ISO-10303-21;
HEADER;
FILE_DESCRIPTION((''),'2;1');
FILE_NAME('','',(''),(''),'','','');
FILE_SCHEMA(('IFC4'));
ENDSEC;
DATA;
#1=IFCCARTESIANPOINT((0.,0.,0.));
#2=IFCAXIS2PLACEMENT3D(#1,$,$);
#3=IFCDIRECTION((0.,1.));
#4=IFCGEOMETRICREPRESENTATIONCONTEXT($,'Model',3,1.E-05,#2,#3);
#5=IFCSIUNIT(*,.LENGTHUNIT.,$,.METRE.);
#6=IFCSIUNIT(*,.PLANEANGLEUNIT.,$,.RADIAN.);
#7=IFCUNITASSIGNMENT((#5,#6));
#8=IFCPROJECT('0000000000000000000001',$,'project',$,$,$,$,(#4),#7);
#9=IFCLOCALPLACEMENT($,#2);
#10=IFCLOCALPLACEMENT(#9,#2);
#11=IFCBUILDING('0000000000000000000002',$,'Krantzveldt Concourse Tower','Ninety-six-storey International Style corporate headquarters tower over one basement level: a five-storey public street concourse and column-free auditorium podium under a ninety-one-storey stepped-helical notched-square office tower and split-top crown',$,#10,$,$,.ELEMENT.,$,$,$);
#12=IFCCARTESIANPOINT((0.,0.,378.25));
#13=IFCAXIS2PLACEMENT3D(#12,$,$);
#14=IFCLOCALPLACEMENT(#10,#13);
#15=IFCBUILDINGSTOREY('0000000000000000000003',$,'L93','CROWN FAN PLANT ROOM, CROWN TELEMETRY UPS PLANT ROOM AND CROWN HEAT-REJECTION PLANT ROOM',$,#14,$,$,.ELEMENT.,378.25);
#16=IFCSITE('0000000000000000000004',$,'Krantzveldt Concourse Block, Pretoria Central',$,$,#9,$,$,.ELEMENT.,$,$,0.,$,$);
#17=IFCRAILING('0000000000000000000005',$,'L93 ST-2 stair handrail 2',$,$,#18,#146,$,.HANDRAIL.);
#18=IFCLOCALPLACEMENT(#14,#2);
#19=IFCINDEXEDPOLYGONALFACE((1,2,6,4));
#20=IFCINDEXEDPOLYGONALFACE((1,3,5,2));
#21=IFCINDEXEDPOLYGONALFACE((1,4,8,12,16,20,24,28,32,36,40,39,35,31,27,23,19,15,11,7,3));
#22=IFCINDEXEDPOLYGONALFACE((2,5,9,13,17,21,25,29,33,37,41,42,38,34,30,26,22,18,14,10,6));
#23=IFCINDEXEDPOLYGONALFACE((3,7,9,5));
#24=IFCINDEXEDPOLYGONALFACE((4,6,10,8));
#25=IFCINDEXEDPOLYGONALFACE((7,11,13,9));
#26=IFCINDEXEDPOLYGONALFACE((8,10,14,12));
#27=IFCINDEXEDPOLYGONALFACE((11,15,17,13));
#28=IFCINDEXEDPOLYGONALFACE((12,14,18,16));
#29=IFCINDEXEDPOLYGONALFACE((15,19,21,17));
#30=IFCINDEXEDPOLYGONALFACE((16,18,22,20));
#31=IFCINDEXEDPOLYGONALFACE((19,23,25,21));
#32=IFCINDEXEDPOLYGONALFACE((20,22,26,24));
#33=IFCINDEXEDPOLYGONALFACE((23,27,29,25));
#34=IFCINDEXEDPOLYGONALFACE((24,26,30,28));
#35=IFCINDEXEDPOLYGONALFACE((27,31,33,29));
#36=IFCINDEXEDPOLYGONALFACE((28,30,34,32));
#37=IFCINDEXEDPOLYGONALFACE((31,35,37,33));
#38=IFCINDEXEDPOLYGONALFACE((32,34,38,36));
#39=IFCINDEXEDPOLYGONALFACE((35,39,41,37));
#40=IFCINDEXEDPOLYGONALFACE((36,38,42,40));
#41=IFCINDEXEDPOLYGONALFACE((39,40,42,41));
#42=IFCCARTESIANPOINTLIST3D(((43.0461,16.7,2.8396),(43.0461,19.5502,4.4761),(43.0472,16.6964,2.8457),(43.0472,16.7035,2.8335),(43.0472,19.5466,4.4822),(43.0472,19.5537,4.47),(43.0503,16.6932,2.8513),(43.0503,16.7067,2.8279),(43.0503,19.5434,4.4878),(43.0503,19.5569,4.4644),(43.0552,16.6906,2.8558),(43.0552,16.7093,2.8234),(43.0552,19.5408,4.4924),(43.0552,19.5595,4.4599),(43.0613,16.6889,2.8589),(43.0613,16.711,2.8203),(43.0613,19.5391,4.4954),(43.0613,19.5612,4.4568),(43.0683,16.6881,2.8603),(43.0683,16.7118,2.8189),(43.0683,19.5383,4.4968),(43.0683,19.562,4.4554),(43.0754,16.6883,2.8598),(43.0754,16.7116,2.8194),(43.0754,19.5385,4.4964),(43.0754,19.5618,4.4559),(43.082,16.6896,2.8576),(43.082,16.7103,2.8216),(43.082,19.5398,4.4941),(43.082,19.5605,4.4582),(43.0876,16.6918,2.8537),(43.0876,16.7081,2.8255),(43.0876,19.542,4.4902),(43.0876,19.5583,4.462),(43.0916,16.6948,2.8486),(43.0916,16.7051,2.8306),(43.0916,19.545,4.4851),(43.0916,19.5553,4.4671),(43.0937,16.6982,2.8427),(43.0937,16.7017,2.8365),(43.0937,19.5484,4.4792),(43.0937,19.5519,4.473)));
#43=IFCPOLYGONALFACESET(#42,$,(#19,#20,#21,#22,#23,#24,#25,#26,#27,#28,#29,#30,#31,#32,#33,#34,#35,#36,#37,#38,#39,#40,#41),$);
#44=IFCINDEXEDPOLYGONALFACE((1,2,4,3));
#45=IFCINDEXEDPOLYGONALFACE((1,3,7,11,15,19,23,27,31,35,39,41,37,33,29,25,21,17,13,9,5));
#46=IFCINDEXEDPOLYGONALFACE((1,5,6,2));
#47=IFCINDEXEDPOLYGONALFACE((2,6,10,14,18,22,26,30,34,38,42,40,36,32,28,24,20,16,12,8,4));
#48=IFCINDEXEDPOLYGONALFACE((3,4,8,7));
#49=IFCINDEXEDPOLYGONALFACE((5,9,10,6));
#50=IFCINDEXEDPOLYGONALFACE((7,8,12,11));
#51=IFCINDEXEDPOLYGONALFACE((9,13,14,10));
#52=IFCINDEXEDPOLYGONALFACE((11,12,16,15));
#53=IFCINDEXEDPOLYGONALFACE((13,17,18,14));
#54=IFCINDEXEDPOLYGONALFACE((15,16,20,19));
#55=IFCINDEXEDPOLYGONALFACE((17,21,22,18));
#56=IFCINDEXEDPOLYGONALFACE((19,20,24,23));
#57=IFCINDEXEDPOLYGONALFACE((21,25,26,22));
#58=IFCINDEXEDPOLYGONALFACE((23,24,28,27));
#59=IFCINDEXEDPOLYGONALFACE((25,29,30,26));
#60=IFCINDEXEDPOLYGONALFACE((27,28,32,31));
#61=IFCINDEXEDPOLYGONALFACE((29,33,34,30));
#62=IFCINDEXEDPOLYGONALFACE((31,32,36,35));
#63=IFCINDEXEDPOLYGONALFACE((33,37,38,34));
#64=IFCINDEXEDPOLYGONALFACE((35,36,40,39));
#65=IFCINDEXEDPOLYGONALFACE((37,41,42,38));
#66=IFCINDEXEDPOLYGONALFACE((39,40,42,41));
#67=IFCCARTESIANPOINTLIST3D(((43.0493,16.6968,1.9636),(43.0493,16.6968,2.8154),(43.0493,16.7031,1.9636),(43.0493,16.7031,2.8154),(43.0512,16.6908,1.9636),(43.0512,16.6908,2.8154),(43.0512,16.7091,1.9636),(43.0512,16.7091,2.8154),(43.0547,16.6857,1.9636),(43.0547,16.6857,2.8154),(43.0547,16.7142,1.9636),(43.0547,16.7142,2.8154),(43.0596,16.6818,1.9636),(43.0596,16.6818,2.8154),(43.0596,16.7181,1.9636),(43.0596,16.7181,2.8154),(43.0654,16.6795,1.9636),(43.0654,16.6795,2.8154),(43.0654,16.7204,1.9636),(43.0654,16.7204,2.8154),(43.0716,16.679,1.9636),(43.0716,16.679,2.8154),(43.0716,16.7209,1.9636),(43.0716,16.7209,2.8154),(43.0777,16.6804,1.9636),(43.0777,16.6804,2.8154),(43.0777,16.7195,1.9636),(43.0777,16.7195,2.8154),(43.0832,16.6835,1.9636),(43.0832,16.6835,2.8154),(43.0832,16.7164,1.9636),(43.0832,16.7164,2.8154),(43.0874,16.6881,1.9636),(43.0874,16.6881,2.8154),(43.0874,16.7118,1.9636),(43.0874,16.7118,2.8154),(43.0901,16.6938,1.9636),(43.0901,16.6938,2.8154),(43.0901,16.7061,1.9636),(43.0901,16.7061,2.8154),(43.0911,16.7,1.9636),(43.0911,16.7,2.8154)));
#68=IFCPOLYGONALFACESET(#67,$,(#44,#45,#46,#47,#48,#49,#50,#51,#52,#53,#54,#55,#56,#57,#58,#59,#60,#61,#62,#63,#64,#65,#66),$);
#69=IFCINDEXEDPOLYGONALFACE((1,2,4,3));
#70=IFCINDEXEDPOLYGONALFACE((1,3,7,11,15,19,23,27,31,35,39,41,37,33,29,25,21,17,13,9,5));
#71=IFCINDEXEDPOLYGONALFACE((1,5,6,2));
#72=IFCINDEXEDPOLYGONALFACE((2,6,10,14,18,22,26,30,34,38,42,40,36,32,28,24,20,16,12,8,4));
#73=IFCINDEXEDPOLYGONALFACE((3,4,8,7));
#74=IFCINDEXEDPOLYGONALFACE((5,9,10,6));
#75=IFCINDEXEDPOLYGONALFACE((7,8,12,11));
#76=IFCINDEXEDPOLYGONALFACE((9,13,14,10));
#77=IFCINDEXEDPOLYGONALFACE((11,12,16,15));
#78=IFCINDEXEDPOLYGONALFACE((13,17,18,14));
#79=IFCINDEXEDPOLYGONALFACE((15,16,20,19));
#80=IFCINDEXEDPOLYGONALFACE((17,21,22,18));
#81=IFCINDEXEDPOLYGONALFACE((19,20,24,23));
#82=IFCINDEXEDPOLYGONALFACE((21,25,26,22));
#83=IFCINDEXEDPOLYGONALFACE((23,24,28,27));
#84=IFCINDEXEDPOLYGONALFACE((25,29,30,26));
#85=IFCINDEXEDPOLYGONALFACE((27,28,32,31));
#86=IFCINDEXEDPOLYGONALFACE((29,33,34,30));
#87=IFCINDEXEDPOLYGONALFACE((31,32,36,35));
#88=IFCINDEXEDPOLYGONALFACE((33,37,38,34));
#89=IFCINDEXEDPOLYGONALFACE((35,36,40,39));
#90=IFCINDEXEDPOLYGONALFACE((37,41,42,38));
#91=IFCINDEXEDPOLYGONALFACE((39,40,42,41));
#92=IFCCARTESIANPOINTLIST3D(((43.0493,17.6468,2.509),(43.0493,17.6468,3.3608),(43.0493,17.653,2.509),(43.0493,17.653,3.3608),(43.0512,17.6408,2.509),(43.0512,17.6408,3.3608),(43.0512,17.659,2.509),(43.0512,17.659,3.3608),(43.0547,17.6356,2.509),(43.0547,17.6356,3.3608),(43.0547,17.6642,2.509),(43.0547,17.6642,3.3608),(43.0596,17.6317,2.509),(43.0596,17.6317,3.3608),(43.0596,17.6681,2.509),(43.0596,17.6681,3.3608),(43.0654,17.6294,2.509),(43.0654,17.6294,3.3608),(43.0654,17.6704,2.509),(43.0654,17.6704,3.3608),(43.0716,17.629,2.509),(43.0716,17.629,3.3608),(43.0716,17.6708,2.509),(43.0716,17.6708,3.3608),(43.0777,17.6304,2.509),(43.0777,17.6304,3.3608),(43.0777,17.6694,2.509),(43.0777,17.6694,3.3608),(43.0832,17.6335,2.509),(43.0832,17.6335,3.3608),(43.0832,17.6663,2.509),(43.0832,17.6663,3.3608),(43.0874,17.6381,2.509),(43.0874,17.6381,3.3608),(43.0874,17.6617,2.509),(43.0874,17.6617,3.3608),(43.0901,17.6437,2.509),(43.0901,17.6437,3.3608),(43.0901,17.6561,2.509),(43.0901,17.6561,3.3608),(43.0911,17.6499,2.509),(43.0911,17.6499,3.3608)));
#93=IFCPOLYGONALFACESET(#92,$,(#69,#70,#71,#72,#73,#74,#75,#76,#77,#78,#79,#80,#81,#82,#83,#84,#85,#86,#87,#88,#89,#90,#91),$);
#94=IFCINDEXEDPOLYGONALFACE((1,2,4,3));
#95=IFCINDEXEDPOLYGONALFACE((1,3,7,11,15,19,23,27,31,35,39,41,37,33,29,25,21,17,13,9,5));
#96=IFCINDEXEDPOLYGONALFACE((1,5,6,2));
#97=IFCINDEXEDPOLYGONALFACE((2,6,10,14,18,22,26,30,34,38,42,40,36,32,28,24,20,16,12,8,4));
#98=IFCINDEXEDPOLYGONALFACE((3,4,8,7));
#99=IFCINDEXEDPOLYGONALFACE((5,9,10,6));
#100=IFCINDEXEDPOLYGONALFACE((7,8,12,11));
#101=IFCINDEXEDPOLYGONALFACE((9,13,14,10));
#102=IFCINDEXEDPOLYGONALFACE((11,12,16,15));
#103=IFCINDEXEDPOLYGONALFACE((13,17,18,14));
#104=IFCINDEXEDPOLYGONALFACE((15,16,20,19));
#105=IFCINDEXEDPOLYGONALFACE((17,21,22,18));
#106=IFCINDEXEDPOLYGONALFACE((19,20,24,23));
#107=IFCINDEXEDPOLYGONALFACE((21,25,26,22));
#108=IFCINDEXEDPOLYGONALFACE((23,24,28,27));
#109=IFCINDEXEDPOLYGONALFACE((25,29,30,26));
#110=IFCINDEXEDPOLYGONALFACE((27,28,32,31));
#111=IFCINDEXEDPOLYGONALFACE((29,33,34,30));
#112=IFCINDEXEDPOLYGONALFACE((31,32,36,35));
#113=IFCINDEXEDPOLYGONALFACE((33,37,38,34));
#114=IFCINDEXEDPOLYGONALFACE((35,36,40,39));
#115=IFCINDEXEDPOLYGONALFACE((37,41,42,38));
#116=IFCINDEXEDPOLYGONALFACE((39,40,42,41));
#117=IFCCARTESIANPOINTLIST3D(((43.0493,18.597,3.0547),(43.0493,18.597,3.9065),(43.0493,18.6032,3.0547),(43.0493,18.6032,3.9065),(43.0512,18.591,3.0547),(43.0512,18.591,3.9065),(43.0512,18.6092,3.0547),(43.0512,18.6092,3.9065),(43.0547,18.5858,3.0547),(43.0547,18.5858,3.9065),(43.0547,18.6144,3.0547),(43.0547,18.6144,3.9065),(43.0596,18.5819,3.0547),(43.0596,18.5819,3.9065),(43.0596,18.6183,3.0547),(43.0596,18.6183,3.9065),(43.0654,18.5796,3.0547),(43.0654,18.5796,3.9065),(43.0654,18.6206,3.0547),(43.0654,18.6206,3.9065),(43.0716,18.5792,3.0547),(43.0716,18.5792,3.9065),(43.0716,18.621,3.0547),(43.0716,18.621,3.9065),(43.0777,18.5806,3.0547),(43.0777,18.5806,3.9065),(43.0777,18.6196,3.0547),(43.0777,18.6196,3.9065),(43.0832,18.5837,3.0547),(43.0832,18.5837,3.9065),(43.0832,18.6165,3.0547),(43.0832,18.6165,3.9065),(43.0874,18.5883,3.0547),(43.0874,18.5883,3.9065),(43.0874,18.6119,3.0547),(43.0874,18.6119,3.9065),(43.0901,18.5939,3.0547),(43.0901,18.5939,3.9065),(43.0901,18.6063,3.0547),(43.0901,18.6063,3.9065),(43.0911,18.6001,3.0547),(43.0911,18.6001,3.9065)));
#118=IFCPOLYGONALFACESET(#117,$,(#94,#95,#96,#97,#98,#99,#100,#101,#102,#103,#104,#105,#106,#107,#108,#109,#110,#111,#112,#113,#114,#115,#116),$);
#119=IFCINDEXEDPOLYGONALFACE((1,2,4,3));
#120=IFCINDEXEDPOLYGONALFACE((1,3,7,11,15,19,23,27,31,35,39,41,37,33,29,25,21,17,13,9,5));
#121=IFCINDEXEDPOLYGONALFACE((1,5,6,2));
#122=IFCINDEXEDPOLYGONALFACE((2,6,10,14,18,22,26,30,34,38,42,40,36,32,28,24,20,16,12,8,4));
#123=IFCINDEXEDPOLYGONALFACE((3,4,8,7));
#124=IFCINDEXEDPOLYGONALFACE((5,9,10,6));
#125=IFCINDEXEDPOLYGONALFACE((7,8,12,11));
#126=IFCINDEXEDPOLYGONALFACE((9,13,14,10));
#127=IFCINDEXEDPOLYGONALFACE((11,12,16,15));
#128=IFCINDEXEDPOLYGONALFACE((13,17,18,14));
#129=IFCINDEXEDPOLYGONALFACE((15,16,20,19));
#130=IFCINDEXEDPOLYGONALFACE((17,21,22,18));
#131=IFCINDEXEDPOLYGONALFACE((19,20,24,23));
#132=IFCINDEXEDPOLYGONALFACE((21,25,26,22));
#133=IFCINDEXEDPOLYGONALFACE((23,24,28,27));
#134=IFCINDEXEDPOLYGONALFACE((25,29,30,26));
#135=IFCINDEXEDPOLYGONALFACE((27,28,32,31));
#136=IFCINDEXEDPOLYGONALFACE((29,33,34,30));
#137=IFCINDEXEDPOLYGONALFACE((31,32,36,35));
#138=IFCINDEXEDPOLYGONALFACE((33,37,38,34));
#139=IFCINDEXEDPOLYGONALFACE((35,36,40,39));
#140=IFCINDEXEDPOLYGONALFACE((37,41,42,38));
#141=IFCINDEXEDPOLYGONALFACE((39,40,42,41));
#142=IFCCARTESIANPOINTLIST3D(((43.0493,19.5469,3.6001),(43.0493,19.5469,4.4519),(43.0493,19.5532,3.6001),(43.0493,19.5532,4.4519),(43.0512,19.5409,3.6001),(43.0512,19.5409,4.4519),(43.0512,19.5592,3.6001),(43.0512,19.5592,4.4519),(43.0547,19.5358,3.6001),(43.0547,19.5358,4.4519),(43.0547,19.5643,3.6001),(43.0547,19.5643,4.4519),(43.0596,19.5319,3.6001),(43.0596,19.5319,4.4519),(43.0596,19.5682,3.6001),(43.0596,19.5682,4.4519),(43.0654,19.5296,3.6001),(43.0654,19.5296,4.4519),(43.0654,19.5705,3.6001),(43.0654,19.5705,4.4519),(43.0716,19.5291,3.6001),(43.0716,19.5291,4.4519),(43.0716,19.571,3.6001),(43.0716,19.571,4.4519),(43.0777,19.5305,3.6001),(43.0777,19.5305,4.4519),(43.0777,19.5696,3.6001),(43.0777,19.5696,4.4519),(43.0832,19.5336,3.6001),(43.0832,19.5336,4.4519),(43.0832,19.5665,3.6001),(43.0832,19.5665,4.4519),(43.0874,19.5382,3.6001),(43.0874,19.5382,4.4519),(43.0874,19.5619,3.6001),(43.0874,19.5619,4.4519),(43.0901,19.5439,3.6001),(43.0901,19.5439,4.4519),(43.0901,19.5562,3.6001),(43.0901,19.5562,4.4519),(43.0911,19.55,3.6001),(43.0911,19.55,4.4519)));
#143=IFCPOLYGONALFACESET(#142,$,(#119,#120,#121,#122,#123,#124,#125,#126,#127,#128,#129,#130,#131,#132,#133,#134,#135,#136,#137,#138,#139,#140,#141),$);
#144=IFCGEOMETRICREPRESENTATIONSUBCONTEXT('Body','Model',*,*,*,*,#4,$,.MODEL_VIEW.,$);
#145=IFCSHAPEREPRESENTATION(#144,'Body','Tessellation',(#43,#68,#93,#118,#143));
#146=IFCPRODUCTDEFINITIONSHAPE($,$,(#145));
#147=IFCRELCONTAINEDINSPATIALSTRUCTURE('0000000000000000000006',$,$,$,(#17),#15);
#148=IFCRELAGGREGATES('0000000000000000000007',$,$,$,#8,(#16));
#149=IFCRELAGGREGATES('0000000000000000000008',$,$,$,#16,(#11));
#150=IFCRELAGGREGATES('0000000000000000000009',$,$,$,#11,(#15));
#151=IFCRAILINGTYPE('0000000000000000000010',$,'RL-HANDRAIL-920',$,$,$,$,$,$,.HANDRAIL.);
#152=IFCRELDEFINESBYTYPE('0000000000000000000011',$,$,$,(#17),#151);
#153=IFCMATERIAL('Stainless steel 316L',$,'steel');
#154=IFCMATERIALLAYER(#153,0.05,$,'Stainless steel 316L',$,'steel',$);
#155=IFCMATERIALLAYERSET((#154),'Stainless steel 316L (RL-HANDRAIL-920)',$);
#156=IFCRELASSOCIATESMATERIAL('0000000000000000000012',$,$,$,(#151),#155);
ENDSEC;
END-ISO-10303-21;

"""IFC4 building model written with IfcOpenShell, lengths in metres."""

from ifc_helpers import new_model, si_unit, direction, frame, origin, origin_2d, place, context, subcontext, project, spatial, circle, extrude, material, layer, layer_set, type_object, element, save


model = new_model("IFC4")

# Units and contexts
model_context = context("Model", 3, precision=1e-05, world=origin(), true_north=direction((0.0, 1.0)))
body_context = subcontext(model_context, "Body", "Model", "MODEL_VIEW")
ifc_project = project(units=[si_unit("LENGTHUNIT", "METRE"), si_unit("PLANEANGLEUNIT", "RADIAN")], contexts=[model_context])

# Site, building, storey
site_placement = place(None, origin())
site = spatial("IfcSite", under=ifc_project, at=site_placement, Name="Krantzveldt Concourse Block, Pretoria Central", CompositionType="ELEMENT", RefElevation=0.0)
building_placement = place(site_placement, origin())
building = spatial("IfcBuilding", under=site, at=building_placement, Name="Krantzveldt Concourse Tower", Description="Ninety-six-storey International Style corporate headquarters tower over one basement level: a five-storey public street concourse and column-free auditorium podium under a ninety-one-storey stepped-helical notched-square office tower and split-top crown", CompositionType="ELEMENT")
storey_placement = place(building_placement, frame((0.0, 0.0, 378.25)))
storey = spatial("IfcBuildingStorey", under=building, at=storey_placement, Name="L93", Description="CROWN FAN PLANT ROOM, CROWN TELEMETRY UPS PLANT ROOM AND CROWN HEAT-REJECTION PLANT ROOM", CompositionType="ELEMENT", Elevation=378.25)

# Railing
ifc_material_1 = material(Name="Stainless steel 316L", Category="steel")
ifc_layer_1 = layer(ifc_material_1, 0.05, Name="Stainless steel 316L", Category="steel")
ifc_layer_set_1 = layer_set([ifc_layer_1], Name="Stainless steel 316L (RL-HANDRAIL-920)")
railing_type_1 = type_object("IfcRailingType", Name="RL-HANDRAIL-920", PredefinedType="HANDRAIL", material=ifc_layer_set_1)
railing_1_placement = place(storey_placement, frame((43.0701, 16.7, 1.9636)))
element("IfcRailing", 1, at=railing_1_placement, inside=storey, type_object=railing_type_1, Name="L93 ST-2 stair handrail 2", PredefinedType="HANDRAIL", context=body_context, shape_type="SweptSolid", body=[
    extrude(circle(Radius=0.0239, at=origin_2d()), frame((0.0, 0.0, 0.876), z_axis=(0.0, 0.867213, 0.497938), x_axis=(-1.0, 0.0, 0.0)), (0.0, 0.0, 1.0), 3.2866),
    extrude(circle(Radius=0.021, at=origin_2d()), origin(), (0.0, 0.0, 1.0), 0.8518),
    extrude(circle(Radius=0.021, at=origin_2d()), frame((0.0, 0.95, 0.5454)), (0.0, 0.0, 1.0), 0.8518),
    extrude(circle(Radius=0.021, at=origin_2d()), frame((0.0, 1.9001, 1.0911)), (0.0, 0.0, 1.0), 0.8518),
    extrude(circle(Radius=0.021, at=origin_2d()), frame((0.0, 2.8501, 1.6365)), (0.0, 0.0, 1.0), 0.8518),
])

save(model, "model.ifc")
